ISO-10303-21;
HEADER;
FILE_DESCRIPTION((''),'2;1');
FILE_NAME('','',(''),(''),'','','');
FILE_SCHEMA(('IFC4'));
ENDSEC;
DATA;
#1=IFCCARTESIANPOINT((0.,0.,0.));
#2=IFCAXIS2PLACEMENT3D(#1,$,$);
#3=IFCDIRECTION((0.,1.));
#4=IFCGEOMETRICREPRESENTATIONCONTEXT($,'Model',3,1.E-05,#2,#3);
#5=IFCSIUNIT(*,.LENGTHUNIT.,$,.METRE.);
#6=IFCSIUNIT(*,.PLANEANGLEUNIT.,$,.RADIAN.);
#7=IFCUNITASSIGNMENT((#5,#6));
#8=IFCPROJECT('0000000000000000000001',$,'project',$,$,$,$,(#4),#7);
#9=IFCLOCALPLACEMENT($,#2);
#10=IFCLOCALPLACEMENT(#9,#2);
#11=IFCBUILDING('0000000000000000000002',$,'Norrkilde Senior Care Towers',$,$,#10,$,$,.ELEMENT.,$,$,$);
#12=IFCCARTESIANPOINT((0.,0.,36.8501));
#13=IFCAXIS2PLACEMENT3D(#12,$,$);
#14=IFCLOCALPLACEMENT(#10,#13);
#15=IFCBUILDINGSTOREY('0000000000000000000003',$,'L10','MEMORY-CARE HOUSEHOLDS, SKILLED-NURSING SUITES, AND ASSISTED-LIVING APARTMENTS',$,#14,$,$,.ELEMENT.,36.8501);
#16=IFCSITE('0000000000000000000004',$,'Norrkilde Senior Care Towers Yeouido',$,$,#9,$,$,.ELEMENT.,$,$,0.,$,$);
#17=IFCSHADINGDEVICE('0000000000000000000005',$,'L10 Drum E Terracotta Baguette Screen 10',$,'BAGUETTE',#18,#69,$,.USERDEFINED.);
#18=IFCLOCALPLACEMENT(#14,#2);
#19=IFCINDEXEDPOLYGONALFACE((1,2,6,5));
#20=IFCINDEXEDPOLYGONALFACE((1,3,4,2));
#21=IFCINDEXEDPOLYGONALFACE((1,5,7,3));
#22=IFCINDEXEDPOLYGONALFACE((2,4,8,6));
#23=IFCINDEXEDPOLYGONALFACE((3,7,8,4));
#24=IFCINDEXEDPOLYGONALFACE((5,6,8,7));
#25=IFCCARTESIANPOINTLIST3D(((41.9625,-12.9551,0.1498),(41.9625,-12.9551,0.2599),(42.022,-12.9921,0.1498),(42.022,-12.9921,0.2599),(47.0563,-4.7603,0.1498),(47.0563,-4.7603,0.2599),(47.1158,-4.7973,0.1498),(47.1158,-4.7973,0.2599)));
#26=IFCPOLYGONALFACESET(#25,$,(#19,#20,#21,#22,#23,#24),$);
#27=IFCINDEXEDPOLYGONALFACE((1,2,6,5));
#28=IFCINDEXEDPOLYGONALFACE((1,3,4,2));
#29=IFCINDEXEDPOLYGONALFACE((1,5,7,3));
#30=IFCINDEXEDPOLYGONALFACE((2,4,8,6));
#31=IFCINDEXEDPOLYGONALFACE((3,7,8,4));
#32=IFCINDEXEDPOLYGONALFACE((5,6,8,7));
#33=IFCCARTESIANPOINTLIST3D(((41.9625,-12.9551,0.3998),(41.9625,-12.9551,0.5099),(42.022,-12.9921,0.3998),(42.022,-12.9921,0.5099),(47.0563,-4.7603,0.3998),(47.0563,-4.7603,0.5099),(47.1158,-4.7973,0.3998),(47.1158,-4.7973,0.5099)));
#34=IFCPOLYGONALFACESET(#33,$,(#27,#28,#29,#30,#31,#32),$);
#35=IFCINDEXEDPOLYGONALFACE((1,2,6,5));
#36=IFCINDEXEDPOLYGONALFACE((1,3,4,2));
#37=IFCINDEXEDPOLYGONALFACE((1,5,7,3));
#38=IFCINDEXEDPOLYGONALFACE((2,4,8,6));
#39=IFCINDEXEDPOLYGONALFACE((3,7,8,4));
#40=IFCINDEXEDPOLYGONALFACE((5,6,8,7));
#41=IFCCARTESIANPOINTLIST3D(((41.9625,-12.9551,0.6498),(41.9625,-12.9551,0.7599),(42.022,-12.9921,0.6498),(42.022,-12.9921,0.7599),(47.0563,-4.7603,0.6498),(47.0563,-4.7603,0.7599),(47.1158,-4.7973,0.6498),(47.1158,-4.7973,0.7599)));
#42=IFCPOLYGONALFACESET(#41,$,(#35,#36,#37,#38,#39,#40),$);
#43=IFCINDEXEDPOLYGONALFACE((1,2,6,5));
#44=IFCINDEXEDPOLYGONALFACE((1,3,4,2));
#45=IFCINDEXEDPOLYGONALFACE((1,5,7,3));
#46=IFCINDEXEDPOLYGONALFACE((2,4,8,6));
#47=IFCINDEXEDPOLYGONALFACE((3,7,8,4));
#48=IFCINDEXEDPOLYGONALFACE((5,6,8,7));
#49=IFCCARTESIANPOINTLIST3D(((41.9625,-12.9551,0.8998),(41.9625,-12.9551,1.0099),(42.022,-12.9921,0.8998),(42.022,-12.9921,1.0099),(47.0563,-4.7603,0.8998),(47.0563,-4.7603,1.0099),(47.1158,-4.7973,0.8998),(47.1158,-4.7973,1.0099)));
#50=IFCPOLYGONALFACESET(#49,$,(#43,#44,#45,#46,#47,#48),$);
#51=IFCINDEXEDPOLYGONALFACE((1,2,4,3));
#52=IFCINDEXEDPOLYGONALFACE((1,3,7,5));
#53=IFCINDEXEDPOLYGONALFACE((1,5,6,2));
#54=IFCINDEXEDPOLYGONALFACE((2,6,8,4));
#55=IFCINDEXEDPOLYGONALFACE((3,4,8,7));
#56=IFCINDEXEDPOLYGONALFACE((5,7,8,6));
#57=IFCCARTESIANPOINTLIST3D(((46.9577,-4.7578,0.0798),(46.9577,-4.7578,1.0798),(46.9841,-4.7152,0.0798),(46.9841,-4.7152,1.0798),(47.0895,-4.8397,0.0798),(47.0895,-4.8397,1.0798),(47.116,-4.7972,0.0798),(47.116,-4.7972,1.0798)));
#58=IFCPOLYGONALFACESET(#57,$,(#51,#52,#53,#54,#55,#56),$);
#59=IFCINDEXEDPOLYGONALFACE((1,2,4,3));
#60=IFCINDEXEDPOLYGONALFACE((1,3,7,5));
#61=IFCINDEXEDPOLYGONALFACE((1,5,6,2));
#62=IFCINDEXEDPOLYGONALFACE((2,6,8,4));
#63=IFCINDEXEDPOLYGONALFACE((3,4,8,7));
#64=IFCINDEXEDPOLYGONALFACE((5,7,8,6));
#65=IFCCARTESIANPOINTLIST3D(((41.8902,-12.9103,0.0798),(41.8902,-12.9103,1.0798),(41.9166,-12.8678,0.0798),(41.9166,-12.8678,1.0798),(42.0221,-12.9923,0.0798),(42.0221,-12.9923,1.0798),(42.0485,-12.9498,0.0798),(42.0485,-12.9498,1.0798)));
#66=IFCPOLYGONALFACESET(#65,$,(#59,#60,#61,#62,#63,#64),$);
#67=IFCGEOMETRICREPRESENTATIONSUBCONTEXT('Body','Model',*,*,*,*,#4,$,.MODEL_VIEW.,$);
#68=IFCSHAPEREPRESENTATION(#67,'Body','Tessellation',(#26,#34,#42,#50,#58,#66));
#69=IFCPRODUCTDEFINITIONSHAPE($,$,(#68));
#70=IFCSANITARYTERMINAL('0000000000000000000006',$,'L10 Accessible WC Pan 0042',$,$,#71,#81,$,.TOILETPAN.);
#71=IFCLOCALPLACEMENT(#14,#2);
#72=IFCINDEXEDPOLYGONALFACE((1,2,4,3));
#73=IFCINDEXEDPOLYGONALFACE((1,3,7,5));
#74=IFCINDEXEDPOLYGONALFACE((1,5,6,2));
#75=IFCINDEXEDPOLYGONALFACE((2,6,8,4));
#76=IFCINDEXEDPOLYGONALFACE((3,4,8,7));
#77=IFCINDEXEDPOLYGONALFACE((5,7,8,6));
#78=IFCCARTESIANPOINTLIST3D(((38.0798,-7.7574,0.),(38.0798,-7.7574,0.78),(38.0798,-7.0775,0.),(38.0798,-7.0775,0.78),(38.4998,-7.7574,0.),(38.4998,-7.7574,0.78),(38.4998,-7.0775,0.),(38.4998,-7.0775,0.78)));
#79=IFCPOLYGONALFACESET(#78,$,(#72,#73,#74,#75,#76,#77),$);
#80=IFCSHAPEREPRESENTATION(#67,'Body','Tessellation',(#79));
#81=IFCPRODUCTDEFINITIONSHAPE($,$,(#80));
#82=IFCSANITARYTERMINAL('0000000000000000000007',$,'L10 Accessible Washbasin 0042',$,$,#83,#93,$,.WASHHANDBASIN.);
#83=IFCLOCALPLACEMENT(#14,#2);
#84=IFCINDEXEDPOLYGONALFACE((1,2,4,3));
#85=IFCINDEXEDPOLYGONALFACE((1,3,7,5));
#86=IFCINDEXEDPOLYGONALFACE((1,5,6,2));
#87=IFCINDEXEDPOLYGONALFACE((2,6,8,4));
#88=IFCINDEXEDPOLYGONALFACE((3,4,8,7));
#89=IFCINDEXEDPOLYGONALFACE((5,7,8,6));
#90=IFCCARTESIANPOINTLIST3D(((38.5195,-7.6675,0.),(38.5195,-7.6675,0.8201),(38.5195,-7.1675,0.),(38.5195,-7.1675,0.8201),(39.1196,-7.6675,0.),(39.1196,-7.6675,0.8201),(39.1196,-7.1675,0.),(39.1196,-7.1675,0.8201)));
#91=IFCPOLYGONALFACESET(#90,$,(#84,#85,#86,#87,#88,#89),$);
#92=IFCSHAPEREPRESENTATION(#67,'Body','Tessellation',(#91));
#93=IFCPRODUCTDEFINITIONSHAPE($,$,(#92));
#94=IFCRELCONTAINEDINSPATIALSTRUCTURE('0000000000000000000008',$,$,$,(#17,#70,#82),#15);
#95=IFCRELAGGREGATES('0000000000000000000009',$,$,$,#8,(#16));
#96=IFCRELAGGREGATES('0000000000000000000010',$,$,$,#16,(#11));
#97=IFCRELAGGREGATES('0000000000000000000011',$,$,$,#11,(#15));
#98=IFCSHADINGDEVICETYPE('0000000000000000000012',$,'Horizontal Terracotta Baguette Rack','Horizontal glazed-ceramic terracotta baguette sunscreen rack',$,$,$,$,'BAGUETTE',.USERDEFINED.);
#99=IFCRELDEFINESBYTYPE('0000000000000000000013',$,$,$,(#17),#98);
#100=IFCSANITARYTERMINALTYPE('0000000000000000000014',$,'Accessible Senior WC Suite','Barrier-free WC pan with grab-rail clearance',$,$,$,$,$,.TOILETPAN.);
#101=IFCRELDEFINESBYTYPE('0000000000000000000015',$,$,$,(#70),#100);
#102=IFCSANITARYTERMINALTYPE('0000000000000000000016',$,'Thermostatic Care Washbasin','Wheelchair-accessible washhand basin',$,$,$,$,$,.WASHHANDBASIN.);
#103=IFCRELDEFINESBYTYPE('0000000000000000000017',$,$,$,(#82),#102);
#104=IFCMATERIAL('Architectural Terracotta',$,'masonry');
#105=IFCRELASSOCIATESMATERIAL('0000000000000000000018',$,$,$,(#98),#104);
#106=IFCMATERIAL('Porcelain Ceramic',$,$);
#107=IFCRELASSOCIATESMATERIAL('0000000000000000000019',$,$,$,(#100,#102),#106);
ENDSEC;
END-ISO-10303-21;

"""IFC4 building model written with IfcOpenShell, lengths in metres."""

from ifc_helpers import new_model, si_unit, direction, frame, origin, origin_2d, place, context, subcontext, project, spatial, rectangle, extrude, source, transform, mapped, material, type_object, type_shapes, element, save


model = new_model("IFC4")

# Units and contexts
model_context = context("Model", 3, precision=1e-05, world=origin(), true_north=direction((0.0, 1.0)))
body_context = subcontext(model_context, "Body", "Model", "MODEL_VIEW")
ifc_project = project(units=[si_unit("LENGTHUNIT", "METRE"), si_unit("PLANEANGLEUNIT", "RADIAN")], contexts=[model_context])

# Site, building, storey
site_placement = place(None, origin())
site = spatial("IfcSite", under=ifc_project, at=site_placement, Name="Norrkilde Senior Care Towers Yeouido", CompositionType="ELEMENT", RefElevation=0.0)
building_placement = place(site_placement, origin())
building = spatial("IfcBuilding", under=site, at=building_placement, Name="Norrkilde Senior Care Towers", CompositionType="ELEMENT")
storey_placement = place(building_placement, frame((0.0, 0.0, 36.8501)))
storey = spatial("IfcBuildingStorey", under=building, at=storey_placement, Name="L10", Description="MEMORY-CARE HOUSEHOLDS, SKILLED-NURSING SUITES, AND ASSISTED-LIVING APARTMENTS", CompositionType="ELEMENT", Elevation=36.8501)

# Shading device
ifc_material_1 = material(Name="Architectural Terracotta", Category="masonry")
shading_device_type = type_object("IfcShadingDeviceType", Name="Horizontal Terracotta Baguette Rack", Description="Horizontal glazed-ceramic terracotta baguette sunscreen rack", ElementType="BAGUETTE", PredefinedType="USERDEFINED", material=ifc_material_1)
shared_shape_1 = source(origin(), body_context, "Body", "SweptSolid", [
    extrude(rectangle(XDim=0.0701, YDim=0.1101, at=origin_2d()), frame((0.0, 0.0901, 0.125), z_axis=(1.0, 0.0, 0.0), x_axis=(0.0, 1.0, 0.0)), (0.0, 0.0, 1.0), 9.6489),
    extrude(rectangle(XDim=0.0701, YDim=0.1101, at=origin_2d()), frame((0.0, 0.0901, 0.375), z_axis=(1.0, 0.0, 0.0), x_axis=(0.0, 1.0, 0.0)), (0.0, 0.0, 1.0), 9.6489),
    extrude(rectangle(XDim=0.0701, YDim=0.1101, at=origin_2d()), frame((0.0, 0.0901, 0.625), z_axis=(1.0, 0.0, 0.0), x_axis=(0.0, 1.0, 0.0)), (0.0, 0.0, 1.0), 9.6489),
    extrude(rectangle(XDim=0.0701, YDim=0.1101, at=origin_2d()), frame((0.0, 0.0901, 0.875), z_axis=(1.0, 0.0, 0.0), x_axis=(0.0, 1.0, 0.0)), (0.0, 0.0, 1.0), 9.6489),
    extrude(rectangle(XDim=0.05, YDim=0.1553, at=origin_2d()), frame((0.0249, 0.0476, 0.0)), (0.0, 0.0, 1.0), 1.0),
    extrude(rectangle(XDim=0.05, YDim=0.1553, at=origin_2d()), frame((9.624, 0.0476, 0.0)), (0.0, 0.0, 1.0), 1.0),
])
type_shapes(shading_device_type, [shared_shape_1])
shading_device_placement = place(storey_placement, frame((47.0095, -4.7312, 0.0798), z_axis=(0.0, 0.0, 1.0), x_axis=(-0.527909, -0.849299, 0.0)))
element("IfcShadingDevice", 1, at=shading_device_placement, inside=storey, type_object=shading_device_type, Name="L10 Drum E Terracotta Baguette Screen 10", ObjectType="BAGUETTE", PredefinedType="USERDEFINED", context=body_context, shape_type="MappedRepresentation", body=[
    mapped(shared_shape_1, transform((0.0, 0.0, 0.0), x_axis=(1.0, 0.0, 0.0), y_axis=(0.0, 1.0, 0.0), z_axis=(0.0, 0.0, 1.0), scale=1.0)),
])

# Sanitary terminals
ifc_material_2 = material(Name="Porcelain Ceramic")
sanitary_terminal_type_1 = type_object("IfcSanitaryTerminalType", Name="Accessible Senior WC Suite", Description="Barrier-free WC pan with grab-rail clearance", PredefinedType="TOILETPAN", material=ifc_material_2)
shared_shape_2 = source(origin(), body_context, "Body", "SweptSolid", [
    extrude(rectangle(XDim=0.4199, YDim=0.6799, at=origin_2d()), origin(), (0.0, 0.0, 1.0), 0.78),
])
type_shapes(sanitary_terminal_type_1, [shared_shape_2])
sanitary_terminal_1_placement = place(storey_placement, frame((38.2898, -7.4175, 0.0), z_axis=(0.0, 0.0, 1.0), x_axis=(1.0, 0.0, 0.0)))
element("IfcSanitaryTerminal", 2, at=sanitary_terminal_1_placement, inside=storey, type_object=sanitary_terminal_type_1, Name="L10 Accessible WC Pan 0042", PredefinedType="TOILETPAN", context=body_context, shape_type="MappedRepresentation", body=[
    mapped(shared_shape_2, transform((0.0, 0.0, 0.0), x_axis=(1.0, 0.0, 0.0), y_axis=(0.0, 1.0, 0.0), z_axis=(0.0, 0.0, 1.0), scale=1.0)),
])
sanitary_terminal_type_2 = type_object("IfcSanitaryTerminalType", Name="Thermostatic Care Washbasin", Description="Wheelchair-accessible washhand basin", PredefinedType="WASHHANDBASIN", material=ifc_material_2)
shared_shape_3 = source(origin(), body_context, "Body", "SweptSolid", [
    extrude(rectangle(XDim=0.6001, YDim=0.5, at=origin_2d()), origin(), (0.0, 0.0, 1.0), 0.8201),
])
type_shapes(sanitary_terminal_type_2, [shared_shape_3])
sanitary_terminal_2_placement = place(storey_placement, frame((38.8196, -7.4175, 0.0), z_axis=(0.0, 0.0, 1.0), x_axis=(1.0, 0.0, 0.0)))
element("IfcSanitaryTerminal", 3, at=sanitary_terminal_2_placement, inside=storey, type_object=sanitary_terminal_type_2, Name="L10 Accessible Washbasin 0042", PredefinedType="WASHHANDBASIN", context=body_context, shape_type="MappedRepresentation", body=[
    mapped(shared_shape_3, transform((0.0, 0.0, 0.0), x_axis=(1.0, 0.0, 0.0), y_axis=(0.0, 1.0, 0.0), z_axis=(0.0, 0.0, 1.0), scale=1.0)),
])

save(model, "model.ifc")
